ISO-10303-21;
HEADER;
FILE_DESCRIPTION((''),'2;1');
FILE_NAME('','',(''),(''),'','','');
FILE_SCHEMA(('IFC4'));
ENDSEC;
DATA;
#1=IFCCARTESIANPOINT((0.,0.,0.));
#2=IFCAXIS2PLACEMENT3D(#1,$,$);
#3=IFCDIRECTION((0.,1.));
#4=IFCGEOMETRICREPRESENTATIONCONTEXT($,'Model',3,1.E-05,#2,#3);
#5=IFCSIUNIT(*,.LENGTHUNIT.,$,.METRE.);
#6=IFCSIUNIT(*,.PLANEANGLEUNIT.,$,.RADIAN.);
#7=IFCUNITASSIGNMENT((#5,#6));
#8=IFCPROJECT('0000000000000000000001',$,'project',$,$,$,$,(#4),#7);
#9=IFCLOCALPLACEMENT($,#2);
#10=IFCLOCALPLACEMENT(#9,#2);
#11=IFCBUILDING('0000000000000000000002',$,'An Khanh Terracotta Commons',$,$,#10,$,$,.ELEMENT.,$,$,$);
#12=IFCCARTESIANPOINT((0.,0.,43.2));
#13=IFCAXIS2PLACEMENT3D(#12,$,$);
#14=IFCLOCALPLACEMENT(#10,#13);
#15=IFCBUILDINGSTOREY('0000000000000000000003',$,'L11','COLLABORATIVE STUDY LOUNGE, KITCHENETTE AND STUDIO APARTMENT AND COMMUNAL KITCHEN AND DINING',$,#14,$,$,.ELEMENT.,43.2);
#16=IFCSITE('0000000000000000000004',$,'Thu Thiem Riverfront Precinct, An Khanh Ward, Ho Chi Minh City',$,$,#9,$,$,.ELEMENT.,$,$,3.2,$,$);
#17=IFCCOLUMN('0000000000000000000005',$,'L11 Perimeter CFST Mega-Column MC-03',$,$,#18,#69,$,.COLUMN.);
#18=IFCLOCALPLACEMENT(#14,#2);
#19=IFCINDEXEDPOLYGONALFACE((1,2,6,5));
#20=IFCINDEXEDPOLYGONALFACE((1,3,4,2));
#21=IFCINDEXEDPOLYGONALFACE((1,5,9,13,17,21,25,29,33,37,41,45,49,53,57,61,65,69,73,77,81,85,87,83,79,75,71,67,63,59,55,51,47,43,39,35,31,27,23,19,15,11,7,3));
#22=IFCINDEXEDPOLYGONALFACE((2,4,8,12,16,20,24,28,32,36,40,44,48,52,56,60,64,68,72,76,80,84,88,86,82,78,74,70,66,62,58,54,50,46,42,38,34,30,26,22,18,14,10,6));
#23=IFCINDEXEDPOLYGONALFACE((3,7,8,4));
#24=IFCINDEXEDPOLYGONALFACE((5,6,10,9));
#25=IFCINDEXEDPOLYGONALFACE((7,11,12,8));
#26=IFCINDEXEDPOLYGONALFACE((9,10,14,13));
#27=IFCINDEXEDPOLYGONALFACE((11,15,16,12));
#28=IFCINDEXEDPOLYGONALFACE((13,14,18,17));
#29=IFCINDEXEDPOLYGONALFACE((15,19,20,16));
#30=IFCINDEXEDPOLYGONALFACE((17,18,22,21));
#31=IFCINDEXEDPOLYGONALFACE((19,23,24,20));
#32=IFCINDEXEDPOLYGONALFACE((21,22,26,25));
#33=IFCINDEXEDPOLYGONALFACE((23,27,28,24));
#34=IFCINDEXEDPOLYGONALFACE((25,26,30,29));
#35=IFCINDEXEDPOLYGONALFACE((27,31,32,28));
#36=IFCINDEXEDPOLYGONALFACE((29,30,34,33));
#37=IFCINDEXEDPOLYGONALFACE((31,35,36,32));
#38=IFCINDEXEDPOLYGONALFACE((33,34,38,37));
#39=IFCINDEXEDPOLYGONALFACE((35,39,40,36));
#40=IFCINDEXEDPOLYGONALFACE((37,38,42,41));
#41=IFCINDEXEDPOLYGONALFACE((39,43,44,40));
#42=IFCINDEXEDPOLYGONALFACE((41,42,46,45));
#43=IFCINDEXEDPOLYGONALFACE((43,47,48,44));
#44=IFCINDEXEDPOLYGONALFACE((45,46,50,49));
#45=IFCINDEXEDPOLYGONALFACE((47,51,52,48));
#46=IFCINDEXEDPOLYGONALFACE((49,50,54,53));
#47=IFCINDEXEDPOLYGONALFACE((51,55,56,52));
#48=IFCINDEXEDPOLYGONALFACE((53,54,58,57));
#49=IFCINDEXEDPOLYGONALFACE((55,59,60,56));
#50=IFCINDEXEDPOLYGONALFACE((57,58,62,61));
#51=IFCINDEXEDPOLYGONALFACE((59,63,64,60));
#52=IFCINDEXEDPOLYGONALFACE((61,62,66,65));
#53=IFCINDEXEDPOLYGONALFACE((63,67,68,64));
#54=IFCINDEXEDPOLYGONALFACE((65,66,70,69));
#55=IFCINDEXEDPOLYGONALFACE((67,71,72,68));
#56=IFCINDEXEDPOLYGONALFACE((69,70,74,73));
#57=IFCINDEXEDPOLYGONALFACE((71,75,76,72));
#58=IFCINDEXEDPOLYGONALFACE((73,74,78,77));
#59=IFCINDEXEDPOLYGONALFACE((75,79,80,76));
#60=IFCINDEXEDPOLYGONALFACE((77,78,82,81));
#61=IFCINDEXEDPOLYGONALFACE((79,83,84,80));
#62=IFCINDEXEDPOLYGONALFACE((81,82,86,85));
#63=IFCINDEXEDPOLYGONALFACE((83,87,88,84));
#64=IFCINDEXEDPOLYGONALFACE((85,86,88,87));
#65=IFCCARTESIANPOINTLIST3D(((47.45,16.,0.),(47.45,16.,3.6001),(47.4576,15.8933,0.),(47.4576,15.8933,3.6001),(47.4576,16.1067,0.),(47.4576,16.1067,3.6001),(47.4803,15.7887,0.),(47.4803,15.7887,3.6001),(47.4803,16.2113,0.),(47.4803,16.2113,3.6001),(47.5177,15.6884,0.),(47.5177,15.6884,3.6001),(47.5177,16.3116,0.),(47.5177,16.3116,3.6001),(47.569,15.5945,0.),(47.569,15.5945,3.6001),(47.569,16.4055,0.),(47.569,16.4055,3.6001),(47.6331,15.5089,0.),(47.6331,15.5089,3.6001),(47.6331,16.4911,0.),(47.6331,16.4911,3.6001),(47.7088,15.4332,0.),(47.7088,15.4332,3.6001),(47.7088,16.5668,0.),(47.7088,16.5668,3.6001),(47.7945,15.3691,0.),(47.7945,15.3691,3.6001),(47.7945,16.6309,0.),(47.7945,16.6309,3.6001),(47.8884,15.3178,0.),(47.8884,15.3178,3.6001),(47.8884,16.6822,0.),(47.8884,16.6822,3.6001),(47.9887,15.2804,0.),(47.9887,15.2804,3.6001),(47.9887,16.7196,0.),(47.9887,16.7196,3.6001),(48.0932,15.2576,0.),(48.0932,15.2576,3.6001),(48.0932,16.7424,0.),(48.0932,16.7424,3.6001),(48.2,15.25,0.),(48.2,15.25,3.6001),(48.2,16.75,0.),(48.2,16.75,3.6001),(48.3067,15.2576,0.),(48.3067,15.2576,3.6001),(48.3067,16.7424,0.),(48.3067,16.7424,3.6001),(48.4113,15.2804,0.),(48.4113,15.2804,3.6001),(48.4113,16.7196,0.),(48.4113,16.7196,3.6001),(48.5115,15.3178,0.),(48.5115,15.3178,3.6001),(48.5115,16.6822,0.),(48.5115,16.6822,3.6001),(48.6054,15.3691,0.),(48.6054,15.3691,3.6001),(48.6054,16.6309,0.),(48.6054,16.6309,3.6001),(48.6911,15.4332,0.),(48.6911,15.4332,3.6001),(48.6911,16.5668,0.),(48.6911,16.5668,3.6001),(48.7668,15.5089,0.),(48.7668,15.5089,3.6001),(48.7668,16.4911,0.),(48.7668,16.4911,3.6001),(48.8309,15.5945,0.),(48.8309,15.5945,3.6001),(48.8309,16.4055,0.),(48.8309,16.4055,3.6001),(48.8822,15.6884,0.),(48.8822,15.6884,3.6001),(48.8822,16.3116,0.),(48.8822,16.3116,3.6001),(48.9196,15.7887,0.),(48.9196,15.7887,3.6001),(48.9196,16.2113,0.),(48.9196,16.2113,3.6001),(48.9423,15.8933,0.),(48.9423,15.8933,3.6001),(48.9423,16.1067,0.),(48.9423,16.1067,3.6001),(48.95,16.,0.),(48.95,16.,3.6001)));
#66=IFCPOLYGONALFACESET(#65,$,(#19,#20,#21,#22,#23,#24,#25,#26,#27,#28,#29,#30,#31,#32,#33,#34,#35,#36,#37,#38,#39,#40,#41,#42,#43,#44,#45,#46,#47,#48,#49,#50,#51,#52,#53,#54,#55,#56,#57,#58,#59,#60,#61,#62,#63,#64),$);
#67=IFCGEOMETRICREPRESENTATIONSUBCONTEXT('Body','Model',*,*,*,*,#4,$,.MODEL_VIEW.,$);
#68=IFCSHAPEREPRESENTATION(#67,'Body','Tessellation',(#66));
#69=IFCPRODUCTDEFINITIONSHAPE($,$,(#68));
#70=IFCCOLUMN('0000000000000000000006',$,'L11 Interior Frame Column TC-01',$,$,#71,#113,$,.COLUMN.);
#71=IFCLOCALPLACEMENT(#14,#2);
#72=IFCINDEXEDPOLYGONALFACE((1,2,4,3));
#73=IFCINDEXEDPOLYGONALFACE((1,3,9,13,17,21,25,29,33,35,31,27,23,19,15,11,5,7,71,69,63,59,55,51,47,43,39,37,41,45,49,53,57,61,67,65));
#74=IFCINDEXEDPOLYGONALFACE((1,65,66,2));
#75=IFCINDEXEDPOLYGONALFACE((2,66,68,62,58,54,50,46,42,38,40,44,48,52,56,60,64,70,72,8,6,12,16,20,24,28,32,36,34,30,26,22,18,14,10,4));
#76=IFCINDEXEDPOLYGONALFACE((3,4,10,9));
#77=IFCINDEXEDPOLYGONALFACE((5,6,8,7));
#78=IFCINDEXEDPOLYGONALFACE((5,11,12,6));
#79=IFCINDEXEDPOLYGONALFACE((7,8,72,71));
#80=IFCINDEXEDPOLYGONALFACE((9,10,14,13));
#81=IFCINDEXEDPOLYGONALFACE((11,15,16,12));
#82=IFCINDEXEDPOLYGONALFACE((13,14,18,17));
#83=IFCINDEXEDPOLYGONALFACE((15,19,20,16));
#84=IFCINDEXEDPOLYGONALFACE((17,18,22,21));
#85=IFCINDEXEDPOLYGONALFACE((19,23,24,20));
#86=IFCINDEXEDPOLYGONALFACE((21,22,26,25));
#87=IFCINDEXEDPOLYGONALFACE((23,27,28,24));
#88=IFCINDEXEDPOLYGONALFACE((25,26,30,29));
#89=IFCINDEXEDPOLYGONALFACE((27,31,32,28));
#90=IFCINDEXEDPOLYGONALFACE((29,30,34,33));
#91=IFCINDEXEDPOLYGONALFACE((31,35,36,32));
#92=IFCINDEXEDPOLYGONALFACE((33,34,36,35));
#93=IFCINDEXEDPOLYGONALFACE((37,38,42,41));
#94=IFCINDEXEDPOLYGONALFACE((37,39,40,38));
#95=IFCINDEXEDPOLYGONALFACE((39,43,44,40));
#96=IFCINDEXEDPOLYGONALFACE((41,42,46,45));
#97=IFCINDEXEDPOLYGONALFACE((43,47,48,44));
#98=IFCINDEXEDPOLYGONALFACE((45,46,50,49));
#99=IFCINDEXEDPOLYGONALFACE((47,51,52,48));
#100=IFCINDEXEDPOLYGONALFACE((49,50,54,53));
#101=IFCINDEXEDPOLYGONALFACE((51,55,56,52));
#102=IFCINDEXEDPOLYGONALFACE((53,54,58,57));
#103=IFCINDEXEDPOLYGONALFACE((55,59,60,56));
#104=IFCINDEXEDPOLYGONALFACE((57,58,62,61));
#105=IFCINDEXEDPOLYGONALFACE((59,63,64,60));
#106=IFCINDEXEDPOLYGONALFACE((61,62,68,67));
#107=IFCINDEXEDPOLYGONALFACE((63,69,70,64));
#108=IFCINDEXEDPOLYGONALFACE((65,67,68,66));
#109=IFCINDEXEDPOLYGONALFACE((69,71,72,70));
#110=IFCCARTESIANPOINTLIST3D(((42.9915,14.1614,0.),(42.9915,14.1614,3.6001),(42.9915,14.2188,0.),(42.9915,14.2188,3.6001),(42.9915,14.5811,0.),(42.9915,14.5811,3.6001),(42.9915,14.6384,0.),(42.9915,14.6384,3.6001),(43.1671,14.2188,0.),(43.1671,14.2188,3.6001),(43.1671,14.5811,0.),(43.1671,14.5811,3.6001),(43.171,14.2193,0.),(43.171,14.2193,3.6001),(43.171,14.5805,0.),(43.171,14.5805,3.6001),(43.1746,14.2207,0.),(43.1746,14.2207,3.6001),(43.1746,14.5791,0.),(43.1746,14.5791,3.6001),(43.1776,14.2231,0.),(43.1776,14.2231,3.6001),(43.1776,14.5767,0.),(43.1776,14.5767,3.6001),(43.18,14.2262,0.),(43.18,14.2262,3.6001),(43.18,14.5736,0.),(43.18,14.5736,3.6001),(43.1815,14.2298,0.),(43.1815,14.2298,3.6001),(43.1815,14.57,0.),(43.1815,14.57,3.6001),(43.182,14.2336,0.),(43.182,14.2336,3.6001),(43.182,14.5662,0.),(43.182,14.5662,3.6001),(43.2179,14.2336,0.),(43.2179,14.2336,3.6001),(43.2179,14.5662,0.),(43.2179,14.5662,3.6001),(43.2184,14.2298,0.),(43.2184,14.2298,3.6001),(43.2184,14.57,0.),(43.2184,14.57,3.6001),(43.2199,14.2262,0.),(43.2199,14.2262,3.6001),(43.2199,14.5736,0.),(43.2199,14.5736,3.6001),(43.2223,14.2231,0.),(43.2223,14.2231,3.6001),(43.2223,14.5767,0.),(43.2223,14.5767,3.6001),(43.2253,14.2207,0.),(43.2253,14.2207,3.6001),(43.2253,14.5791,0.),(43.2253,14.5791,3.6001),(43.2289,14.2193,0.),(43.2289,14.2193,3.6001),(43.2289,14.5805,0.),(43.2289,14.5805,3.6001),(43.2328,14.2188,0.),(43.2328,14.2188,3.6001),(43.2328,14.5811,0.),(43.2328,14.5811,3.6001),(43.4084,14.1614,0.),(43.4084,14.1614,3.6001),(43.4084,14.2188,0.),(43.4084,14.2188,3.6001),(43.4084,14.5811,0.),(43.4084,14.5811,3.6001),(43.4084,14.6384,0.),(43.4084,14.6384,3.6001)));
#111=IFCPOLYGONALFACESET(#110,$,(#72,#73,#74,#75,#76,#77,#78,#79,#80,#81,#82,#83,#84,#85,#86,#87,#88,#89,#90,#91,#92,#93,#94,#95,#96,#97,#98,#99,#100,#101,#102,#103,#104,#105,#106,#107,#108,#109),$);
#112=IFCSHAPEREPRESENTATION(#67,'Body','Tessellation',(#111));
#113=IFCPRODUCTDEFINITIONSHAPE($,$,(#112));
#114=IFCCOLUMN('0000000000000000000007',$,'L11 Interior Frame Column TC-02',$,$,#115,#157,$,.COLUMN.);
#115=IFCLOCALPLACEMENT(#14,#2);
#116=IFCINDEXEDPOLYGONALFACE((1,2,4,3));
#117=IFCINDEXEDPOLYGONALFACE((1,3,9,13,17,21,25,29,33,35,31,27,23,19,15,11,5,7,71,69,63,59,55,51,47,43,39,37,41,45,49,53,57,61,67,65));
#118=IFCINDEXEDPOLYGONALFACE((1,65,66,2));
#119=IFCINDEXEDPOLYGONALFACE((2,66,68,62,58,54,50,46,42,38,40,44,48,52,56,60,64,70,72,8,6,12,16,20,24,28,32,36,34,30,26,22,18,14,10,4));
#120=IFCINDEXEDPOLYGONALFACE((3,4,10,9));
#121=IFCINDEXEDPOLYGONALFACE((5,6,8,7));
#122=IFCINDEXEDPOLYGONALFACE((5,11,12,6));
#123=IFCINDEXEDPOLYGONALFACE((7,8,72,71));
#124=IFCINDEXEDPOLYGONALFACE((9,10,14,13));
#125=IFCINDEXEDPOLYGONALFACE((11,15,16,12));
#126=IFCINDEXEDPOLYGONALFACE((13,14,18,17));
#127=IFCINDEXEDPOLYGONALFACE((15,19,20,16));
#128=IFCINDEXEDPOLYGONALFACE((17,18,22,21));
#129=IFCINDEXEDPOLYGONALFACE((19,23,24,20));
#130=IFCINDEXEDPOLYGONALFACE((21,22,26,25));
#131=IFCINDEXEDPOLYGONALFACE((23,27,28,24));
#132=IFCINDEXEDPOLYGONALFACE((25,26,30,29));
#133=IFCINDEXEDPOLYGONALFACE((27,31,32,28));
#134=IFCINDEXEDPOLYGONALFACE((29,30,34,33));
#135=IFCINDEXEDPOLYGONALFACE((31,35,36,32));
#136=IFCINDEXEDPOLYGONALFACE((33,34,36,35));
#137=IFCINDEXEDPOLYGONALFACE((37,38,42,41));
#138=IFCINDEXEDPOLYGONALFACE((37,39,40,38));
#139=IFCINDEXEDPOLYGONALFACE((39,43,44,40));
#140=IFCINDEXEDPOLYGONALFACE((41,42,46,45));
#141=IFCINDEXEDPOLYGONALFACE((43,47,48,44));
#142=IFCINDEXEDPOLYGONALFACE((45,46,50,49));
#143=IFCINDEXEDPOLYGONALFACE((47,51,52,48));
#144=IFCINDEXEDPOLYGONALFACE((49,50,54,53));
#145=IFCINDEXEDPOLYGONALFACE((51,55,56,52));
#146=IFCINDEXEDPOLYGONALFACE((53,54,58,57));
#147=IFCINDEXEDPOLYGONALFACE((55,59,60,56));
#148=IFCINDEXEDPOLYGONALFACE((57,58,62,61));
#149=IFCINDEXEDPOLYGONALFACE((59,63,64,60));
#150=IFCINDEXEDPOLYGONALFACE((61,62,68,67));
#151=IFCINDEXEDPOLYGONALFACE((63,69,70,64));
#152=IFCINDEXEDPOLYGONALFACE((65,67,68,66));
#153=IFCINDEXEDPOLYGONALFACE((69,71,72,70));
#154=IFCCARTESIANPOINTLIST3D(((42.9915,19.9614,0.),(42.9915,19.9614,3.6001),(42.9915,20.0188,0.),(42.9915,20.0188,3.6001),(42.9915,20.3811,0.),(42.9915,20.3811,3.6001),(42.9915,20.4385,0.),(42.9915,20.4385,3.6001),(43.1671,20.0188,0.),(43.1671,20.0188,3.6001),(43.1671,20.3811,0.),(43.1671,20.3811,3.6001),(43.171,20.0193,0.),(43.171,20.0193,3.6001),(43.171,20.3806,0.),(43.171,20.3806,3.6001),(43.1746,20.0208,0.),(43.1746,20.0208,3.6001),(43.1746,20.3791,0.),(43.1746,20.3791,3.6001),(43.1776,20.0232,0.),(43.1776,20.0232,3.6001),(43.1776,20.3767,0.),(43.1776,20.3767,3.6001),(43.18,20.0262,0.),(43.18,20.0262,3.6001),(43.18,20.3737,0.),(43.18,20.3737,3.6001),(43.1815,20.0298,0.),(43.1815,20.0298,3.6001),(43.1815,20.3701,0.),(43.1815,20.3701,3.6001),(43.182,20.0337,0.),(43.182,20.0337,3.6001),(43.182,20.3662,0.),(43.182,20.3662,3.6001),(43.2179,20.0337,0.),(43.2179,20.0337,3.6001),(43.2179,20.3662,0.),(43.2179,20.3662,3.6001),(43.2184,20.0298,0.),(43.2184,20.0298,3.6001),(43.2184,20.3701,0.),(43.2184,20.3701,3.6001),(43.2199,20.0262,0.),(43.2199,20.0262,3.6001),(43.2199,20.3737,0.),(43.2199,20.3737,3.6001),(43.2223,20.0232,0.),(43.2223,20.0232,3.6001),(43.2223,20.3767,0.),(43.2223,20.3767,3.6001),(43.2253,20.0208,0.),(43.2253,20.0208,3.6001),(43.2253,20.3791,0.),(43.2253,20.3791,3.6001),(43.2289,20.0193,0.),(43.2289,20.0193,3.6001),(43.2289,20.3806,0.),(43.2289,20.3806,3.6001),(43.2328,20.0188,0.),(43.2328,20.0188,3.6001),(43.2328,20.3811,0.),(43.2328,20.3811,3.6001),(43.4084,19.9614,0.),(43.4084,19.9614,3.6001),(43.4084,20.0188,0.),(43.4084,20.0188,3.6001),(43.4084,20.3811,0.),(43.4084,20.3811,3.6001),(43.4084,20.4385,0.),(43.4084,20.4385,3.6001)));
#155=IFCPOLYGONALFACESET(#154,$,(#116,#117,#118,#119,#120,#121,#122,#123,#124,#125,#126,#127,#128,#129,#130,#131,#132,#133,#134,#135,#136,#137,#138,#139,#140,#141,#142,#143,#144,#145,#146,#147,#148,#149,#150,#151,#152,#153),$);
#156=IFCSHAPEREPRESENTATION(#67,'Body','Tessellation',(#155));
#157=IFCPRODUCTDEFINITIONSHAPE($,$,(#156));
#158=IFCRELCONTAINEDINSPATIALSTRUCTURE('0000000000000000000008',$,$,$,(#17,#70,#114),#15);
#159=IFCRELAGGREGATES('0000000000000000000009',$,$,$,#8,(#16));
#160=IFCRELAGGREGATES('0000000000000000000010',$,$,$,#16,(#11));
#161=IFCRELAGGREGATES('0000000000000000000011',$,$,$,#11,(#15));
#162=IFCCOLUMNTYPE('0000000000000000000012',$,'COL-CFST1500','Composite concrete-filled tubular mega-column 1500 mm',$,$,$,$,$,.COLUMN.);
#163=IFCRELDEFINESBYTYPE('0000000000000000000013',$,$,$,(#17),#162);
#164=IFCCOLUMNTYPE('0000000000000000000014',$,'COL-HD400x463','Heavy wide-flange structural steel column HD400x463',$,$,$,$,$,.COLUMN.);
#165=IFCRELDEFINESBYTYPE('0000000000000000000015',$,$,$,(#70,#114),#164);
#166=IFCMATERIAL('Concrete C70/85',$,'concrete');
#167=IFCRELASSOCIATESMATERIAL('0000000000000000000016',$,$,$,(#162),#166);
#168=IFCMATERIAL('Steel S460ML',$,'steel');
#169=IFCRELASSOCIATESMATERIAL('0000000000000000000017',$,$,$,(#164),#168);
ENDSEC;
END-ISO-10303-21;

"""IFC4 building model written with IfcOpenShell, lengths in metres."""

from ifc_helpers import new_model, si_unit, direction, frame, origin, origin_2d, place, context, subcontext, project, spatial, circle, i_section, extrude, material, material_profile, profile_set, type_object, element, save


model = new_model("IFC4")

# Units and contexts
model_context = context("Model", 3, precision=1e-05, world=origin(), true_north=direction((0.0, 1.0)))
body_context = subcontext(model_context, "Body", "Model", "MODEL_VIEW")
ifc_project = project(units=[si_unit("LENGTHUNIT", "METRE"), si_unit("PLANEANGLEUNIT", "RADIAN")], contexts=[model_context])

# Site, building, storey
site_placement = place(None, origin())
site = spatial("IfcSite", under=ifc_project, at=site_placement, Name="Thu Thiem Riverfront Precinct, An Khanh Ward, Ho Chi Minh City", CompositionType="ELEMENT", RefElevation=3.2)
building_placement = place(site_placement, origin())
building = spatial("IfcBuilding", under=site, at=building_placement, Name="An Khanh Terracotta Commons", CompositionType="ELEMENT")
storey_placement = place(building_placement, frame((0.0, 0.0, 43.2)))
storey = spatial("IfcBuildingStorey", under=building, at=storey_placement, Name="L11", Description="COLLABORATIVE STUDY LOUNGE, KITCHENETTE AND STUDIO APARTMENT AND COMMUNAL KITCHEN AND DINING", CompositionType="ELEMENT", Elevation=43.2)

# Columns
ifc_material_1 = material(Name="Concrete C70/85", Category="concrete")
ifc_material_profile_1 = material_profile(ifc_material_1, circle(Radius=0.75, at=origin_2d()), Name="CFST1500")
ifc_profile_set_1 = profile_set([ifc_material_profile_1], Name="Concrete C70/85")
column_type_1 = type_object("IfcColumnType", Name="COL-CFST1500", Description="Composite concrete-filled tubular mega-column 1500 mm", PredefinedType="COLUMN", material=ifc_profile_set_1)
column_placement = place(storey_placement, frame((48.2, 16.0, 0.0), z_axis=(0.0, 0.0, 1.0), x_axis=(1.0, 0.0, 0.0)))
element("IfcColumn", 1, at=column_placement, inside=storey, type_object=column_type_1, Name="L11 Perimeter CFST Mega-Column MC-03", PredefinedType="COLUMN", context=body_context, shape_type="SweptSolid", body=[
    extrude(circle(Radius=0.75, at=origin_2d()), origin(), (0.0, 0.0, 1.0), 3.6001),
])
ifc_material_2 = material(Name="Steel S460ML", Category="steel")
ifc_material_profile_2 = material_profile(ifc_material_2, i_section(OverallWidth=0.417, OverallDepth=0.4771, WebThickness=0.0359, FlangeThickness=0.0574, FilletRadius=0.0149, at=origin_2d()), Name="HD400x463")
ifc_profile_set_2 = profile_set([ifc_material_profile_2], Name="Steel S460ML")
column_type_2 = type_object("IfcColumnType", Name="COL-HD400x463", Description="Heavy wide-flange structural steel column HD400x463", PredefinedType="COLUMN", material=ifc_profile_set_2)
for number, where, z_axis, x_axis, name in (
    (2, (43.2, 14.3999, 0.0), (0.0, 0.0, 1.0), (1.0, 0.0, 0.0), "L11 Interior Frame Column TC-01"),
    (3, (43.2, 20.2, 0.0), (0.0, 0.0, 1.0), (1.0, 0.0, 0.0), "L11 Interior Frame Column TC-02"),
):
    element("IfcColumn", number, at=place(storey_placement, frame(where, z_axis=z_axis, x_axis=x_axis)), inside=storey, type_object=column_type_2, Name=name, PredefinedType="COLUMN", context=body_context, shape_type="SweptSolid", body=[
        extrude(i_section(OverallWidth=0.417, OverallDepth=0.4771, WebThickness=0.0359, FlangeThickness=0.0574, FilletRadius=0.0149, at=origin_2d()), origin(), (0.0, 0.0, 1.0), 3.6001),
    ])

save(model, "model.ifc")
